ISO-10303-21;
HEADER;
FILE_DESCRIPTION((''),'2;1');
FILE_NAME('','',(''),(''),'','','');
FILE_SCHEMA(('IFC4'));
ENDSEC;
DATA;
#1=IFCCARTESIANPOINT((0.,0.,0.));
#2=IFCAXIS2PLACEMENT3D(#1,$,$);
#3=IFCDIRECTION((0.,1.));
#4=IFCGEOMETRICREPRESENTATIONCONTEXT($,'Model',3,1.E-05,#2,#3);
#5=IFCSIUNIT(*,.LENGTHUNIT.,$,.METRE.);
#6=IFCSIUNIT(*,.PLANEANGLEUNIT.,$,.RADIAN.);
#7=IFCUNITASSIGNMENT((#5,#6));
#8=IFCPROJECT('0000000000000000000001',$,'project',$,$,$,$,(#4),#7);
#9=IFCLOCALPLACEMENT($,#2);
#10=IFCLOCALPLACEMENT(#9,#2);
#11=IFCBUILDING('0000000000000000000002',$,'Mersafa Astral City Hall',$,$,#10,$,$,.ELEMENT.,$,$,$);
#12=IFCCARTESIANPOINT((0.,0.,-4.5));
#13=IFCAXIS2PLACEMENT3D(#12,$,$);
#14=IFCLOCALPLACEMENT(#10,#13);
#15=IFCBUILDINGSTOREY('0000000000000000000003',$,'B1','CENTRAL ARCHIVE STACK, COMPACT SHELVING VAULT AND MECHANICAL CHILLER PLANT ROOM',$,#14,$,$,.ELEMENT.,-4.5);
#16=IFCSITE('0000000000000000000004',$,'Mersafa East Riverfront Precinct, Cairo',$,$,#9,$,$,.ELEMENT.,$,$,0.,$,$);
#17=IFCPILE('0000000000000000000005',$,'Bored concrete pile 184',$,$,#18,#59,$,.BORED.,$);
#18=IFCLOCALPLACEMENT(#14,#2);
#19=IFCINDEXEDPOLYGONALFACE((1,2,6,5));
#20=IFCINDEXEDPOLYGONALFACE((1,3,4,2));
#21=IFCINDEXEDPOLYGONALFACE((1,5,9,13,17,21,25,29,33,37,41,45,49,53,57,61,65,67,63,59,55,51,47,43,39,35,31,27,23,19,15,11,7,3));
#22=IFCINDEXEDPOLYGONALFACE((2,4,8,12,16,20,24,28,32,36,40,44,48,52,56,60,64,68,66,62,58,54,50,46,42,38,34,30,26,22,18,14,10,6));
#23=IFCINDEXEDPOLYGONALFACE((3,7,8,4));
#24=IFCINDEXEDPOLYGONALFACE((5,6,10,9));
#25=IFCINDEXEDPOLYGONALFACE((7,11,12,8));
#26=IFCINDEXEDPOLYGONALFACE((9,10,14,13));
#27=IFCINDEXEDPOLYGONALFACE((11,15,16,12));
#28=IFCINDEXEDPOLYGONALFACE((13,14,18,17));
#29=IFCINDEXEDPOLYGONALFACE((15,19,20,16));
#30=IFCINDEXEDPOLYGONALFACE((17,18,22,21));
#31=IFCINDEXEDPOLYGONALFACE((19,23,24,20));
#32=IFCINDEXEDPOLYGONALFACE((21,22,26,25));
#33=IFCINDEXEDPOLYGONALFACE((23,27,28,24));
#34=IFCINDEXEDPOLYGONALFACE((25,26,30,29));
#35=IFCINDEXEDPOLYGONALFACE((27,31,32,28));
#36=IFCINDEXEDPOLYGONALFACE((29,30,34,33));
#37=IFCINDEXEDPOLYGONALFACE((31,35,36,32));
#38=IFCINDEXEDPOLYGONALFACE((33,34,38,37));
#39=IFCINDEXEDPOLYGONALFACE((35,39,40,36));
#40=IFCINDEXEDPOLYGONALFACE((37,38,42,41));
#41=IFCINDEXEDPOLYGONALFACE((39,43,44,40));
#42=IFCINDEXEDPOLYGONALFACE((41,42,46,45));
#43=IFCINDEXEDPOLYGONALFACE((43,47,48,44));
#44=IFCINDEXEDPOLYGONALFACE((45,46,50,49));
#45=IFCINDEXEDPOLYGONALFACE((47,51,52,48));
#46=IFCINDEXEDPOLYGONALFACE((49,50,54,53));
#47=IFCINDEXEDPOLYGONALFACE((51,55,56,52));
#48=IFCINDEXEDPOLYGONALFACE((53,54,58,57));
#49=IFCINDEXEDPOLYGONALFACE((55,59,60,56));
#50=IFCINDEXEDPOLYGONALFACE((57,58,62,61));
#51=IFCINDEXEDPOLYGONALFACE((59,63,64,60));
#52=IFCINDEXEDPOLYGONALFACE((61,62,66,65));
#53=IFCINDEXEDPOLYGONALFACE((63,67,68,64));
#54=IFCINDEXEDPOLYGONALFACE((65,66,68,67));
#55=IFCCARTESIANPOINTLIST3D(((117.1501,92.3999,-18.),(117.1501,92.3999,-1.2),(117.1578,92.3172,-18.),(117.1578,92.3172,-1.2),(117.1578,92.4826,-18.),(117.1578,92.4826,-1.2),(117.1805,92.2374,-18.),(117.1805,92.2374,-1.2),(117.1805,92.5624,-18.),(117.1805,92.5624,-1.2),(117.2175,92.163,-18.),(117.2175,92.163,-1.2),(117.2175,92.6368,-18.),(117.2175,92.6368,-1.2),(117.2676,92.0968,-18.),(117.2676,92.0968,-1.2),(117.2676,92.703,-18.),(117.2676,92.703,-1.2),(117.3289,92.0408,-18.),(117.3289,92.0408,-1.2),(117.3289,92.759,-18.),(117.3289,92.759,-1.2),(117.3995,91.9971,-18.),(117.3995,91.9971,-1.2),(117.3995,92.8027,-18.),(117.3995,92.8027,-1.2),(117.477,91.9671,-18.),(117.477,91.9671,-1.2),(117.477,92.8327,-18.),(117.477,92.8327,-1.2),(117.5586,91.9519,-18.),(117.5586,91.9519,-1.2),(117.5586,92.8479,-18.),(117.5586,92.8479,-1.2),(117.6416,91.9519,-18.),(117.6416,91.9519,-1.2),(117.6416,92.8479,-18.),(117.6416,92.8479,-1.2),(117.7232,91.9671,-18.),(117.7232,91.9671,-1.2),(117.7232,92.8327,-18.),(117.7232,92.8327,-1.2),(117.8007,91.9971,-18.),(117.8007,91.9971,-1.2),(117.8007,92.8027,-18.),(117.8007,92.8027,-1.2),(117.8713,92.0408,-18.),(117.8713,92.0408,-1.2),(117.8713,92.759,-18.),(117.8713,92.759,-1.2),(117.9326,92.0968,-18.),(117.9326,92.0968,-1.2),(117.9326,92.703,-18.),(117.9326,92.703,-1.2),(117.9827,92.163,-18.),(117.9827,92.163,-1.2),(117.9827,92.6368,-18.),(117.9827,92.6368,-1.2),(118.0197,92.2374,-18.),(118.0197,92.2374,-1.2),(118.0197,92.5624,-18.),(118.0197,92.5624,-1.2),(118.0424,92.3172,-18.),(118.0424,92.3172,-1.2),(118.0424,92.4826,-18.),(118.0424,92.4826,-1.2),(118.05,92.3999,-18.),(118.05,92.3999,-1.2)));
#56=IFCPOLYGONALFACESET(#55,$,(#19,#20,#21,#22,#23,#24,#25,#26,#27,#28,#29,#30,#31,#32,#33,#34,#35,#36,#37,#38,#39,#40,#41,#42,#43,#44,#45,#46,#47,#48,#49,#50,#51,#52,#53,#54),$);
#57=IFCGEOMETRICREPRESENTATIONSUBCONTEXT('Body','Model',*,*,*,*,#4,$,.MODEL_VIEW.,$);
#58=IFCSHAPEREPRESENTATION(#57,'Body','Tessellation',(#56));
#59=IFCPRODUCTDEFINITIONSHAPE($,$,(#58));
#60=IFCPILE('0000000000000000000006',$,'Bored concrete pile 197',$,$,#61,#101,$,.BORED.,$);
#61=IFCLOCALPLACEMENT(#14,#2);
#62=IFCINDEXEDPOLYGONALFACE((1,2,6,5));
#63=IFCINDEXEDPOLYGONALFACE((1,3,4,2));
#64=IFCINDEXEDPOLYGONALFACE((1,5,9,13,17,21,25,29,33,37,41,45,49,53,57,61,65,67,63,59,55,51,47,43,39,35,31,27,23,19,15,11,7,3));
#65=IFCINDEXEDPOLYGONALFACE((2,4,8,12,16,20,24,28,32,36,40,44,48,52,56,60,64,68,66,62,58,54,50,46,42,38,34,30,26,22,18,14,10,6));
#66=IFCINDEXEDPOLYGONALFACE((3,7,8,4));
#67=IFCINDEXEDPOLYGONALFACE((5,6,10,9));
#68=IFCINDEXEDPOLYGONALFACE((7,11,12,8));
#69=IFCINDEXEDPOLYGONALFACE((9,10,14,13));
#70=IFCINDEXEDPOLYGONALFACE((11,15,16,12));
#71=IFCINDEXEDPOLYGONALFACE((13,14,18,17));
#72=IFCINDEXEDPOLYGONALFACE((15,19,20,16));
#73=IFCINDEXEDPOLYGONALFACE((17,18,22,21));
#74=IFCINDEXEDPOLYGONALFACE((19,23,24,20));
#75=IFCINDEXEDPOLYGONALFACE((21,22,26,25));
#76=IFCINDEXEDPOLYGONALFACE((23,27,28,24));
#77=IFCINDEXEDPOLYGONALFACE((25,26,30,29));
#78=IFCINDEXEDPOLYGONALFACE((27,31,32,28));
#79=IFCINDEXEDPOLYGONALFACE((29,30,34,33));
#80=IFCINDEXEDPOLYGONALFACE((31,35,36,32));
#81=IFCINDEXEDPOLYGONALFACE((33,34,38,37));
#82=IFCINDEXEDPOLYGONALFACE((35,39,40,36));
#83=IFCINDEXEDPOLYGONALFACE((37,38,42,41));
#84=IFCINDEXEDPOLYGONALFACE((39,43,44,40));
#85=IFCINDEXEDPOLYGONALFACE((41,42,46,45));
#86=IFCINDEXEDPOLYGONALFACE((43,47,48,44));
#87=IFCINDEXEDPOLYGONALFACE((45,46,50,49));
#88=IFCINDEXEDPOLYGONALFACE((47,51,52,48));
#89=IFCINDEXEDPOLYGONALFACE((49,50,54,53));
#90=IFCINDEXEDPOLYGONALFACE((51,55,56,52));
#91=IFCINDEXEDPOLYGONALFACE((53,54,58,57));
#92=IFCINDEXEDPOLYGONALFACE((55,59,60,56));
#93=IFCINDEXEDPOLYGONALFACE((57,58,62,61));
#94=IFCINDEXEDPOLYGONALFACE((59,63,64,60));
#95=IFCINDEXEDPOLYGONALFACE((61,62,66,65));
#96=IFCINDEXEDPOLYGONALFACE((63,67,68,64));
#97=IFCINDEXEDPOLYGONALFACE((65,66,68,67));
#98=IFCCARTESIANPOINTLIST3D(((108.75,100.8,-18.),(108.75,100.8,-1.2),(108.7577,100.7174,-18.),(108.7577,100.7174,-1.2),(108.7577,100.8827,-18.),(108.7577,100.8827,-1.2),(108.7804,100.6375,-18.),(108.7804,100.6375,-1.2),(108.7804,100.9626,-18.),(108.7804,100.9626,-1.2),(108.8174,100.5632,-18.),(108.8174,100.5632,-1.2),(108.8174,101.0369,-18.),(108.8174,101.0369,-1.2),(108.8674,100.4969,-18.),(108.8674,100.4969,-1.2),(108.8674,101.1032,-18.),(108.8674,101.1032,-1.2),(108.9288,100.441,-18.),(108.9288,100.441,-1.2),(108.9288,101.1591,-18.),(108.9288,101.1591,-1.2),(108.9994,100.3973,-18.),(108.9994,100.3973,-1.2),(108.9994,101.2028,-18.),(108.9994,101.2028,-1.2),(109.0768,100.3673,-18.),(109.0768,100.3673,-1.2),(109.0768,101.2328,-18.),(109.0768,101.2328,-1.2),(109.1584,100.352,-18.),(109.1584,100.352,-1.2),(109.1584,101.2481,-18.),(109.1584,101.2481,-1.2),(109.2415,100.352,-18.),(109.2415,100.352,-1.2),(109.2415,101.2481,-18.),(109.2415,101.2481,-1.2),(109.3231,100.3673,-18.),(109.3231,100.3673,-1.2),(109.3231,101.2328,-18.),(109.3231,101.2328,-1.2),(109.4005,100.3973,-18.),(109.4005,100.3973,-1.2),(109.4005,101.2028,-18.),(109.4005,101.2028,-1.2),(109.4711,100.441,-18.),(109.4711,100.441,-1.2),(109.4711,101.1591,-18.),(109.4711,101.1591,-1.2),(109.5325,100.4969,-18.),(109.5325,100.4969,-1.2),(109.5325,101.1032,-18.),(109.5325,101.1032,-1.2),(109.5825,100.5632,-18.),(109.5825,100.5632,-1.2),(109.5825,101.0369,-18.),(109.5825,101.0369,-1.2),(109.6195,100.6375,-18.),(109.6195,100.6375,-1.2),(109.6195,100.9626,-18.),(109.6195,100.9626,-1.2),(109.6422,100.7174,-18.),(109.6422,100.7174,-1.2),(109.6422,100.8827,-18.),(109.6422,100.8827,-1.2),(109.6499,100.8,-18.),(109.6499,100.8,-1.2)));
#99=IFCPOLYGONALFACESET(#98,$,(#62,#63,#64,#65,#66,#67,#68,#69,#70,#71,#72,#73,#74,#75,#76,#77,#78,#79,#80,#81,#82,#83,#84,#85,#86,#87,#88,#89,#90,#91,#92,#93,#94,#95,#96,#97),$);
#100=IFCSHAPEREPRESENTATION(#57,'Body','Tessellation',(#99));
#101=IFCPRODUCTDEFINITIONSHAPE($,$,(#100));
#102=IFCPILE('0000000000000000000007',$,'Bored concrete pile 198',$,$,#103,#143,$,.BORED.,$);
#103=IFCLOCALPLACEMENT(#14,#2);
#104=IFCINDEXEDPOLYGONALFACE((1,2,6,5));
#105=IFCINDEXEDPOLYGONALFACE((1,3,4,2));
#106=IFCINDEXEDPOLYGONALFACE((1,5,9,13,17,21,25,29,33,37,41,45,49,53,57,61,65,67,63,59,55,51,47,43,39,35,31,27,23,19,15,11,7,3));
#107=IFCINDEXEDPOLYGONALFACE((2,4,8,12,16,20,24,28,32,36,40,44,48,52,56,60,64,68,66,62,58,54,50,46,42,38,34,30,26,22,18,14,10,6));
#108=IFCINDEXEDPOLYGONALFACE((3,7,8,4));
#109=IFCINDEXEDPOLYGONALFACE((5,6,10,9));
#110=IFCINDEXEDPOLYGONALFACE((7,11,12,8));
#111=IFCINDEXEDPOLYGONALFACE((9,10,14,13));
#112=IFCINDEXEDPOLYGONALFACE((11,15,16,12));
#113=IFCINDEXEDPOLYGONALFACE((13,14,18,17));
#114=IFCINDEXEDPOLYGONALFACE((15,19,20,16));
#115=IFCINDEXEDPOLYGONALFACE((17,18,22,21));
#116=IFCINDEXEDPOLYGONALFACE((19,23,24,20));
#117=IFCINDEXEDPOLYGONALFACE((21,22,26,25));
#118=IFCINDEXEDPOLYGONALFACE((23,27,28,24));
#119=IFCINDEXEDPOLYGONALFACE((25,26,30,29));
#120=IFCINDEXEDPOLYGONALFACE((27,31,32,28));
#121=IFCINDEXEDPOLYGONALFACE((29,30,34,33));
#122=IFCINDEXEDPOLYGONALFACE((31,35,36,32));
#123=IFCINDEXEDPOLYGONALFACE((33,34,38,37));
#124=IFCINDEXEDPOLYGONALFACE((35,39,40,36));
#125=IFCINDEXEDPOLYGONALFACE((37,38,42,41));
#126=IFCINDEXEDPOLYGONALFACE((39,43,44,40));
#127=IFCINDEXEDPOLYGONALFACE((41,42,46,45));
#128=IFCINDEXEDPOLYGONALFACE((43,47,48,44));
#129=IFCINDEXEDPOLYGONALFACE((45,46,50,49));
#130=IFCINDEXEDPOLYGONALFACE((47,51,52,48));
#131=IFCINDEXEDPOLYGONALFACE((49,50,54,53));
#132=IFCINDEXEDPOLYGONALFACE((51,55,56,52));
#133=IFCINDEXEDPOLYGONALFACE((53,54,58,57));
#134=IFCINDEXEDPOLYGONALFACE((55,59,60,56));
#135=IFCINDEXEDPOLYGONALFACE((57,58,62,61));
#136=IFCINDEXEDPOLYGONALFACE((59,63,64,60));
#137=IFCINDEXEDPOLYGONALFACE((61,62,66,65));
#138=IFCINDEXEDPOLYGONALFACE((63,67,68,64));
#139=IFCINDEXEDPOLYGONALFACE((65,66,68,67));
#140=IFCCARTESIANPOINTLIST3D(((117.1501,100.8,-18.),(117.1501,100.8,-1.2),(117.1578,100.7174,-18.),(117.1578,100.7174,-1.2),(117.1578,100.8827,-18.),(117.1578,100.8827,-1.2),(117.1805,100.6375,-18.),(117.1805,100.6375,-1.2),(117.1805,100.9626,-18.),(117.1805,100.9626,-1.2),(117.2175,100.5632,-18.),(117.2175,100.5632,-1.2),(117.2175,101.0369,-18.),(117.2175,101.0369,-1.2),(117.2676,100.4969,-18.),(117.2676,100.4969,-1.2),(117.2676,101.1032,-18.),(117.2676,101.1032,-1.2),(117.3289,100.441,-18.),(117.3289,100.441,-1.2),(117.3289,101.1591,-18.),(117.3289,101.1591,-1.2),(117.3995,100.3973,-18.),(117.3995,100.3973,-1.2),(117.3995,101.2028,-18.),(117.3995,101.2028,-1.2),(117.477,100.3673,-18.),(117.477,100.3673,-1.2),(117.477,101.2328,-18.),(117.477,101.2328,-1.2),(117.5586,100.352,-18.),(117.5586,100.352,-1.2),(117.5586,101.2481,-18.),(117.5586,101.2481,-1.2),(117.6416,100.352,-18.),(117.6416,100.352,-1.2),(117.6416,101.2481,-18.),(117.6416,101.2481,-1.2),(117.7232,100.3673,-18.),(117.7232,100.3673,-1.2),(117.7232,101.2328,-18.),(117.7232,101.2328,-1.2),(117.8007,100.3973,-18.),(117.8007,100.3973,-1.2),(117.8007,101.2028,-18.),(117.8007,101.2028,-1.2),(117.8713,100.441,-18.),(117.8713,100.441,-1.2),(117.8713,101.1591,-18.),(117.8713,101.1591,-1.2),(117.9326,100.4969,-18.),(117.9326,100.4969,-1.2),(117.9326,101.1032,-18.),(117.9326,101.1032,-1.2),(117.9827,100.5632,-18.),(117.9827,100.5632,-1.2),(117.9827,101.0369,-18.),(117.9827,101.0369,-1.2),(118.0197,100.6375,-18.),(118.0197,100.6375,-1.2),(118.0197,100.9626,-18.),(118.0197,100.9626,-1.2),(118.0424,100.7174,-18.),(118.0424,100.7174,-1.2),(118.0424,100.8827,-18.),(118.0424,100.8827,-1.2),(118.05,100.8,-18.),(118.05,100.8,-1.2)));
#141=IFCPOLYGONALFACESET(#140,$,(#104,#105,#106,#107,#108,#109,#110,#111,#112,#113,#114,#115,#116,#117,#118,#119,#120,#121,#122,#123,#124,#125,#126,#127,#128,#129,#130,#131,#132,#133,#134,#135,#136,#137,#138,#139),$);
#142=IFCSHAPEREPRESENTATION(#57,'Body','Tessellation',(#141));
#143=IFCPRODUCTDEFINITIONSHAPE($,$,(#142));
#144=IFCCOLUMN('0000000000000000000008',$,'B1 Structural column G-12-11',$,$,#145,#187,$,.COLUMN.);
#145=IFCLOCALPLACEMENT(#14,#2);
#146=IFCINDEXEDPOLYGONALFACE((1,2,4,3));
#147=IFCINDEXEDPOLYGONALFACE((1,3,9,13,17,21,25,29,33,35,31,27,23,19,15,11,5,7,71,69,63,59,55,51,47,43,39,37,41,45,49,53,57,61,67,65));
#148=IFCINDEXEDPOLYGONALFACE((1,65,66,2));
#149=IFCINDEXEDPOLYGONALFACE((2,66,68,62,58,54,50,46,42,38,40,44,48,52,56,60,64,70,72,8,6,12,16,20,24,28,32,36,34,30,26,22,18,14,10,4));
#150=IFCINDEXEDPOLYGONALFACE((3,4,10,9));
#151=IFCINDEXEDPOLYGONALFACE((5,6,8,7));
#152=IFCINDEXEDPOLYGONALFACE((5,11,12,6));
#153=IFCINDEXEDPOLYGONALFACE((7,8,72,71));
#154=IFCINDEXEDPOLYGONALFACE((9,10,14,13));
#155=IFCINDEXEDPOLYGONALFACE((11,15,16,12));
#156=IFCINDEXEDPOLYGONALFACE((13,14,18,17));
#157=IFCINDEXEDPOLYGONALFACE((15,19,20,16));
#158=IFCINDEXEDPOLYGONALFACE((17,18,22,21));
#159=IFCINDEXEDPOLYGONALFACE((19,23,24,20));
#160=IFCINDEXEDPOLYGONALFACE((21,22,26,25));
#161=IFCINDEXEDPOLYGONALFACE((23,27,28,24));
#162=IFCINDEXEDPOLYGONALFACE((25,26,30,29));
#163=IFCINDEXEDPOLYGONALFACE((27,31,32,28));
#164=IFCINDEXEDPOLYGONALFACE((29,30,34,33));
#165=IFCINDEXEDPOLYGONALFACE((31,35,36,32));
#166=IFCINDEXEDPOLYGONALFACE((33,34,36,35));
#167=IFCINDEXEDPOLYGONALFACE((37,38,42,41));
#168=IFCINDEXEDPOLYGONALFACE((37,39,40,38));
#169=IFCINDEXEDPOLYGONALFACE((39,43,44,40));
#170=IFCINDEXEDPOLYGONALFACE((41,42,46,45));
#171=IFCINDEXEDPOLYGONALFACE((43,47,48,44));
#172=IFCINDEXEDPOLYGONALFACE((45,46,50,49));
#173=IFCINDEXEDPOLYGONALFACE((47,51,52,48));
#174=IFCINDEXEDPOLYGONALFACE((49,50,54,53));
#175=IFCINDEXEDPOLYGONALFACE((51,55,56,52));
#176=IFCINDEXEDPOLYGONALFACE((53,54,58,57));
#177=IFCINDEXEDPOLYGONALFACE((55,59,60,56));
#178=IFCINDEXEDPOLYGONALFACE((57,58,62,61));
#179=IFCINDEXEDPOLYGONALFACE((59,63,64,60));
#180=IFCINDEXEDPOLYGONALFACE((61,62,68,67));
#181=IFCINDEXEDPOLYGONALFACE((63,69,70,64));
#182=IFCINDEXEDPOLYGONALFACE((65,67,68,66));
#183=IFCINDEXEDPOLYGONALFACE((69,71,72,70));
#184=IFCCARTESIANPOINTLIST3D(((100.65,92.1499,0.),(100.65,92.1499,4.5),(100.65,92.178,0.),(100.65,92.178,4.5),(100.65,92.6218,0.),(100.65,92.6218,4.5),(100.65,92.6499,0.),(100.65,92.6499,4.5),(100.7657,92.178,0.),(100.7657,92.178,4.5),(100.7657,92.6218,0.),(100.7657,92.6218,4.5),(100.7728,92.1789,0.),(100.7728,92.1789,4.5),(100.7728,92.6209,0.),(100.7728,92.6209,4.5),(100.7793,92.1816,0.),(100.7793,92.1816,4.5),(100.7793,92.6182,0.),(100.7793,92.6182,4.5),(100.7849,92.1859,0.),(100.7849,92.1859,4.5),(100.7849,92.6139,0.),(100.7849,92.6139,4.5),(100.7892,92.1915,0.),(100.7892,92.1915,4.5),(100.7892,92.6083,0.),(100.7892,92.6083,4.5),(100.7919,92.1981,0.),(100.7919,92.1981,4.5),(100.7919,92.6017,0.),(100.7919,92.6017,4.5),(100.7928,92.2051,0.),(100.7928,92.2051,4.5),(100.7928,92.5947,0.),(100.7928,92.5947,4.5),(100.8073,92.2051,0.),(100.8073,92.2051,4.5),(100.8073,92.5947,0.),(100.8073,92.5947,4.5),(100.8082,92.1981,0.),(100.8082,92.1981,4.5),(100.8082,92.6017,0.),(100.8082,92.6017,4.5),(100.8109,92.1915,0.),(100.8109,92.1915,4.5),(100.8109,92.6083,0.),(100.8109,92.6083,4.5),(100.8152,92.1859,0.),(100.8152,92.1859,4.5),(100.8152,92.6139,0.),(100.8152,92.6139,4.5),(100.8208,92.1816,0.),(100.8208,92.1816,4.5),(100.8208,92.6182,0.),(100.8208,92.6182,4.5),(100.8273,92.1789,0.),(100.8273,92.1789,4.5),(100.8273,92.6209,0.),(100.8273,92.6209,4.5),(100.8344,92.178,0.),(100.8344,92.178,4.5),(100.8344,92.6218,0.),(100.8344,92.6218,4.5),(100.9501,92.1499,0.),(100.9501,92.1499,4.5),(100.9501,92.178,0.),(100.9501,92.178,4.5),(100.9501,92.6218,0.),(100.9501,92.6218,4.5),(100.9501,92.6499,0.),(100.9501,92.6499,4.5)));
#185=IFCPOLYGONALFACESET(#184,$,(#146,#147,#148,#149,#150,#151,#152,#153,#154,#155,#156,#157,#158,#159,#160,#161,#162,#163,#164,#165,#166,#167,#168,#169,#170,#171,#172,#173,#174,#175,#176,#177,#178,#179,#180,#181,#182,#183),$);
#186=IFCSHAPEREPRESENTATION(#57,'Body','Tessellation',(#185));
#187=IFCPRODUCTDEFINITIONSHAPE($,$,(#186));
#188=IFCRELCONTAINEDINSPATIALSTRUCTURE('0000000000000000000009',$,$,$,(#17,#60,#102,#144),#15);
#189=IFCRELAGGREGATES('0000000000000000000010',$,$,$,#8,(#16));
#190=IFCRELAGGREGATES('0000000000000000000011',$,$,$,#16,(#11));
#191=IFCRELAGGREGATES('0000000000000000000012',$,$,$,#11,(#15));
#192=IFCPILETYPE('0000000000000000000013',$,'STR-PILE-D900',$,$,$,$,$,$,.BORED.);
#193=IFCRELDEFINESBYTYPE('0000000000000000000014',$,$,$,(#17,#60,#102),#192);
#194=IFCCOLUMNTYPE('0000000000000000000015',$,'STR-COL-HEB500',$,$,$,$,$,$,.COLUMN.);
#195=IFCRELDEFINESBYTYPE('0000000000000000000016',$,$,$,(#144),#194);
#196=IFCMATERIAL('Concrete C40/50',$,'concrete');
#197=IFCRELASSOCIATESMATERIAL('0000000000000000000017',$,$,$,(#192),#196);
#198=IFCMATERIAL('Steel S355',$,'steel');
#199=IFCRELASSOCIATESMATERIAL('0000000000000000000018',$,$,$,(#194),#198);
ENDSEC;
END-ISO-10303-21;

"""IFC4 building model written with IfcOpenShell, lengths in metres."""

from ifc_helpers import new_model, si_unit, direction, frame, origin, origin_2d, place, context, subcontext, project, spatial, circle, i_section, extrude, material, material_profile, profile_set, type_object, element, save


model = new_model("IFC4")

# Units and contexts
model_context = context("Model", 3, precision=1e-05, world=origin(), true_north=direction((0.0, 1.0)))
body_context = subcontext(model_context, "Body", "Model", "MODEL_VIEW")
ifc_project = project(units=[si_unit("LENGTHUNIT", "METRE"), si_unit("PLANEANGLEUNIT", "RADIAN")], contexts=[model_context])

# Site, building, storey
site_placement = place(None, origin())
site = spatial("IfcSite", under=ifc_project, at=site_placement, Name="Mersafa East Riverfront Precinct, Cairo", CompositionType="ELEMENT", RefElevation=0.0)
building_placement = place(site_placement, origin())
building = spatial("IfcBuilding", under=site, at=building_placement, Name="Mersafa Astral City Hall", CompositionType="ELEMENT")
storey_placement = place(building_placement, frame((0.0, 0.0, -4.5)))
storey = spatial("IfcBuildingStorey", under=building, at=storey_placement, Name="B1", Description="CENTRAL ARCHIVE STACK, COMPACT SHELVING VAULT AND MECHANICAL CHILLER PLANT ROOM", CompositionType="ELEMENT", Elevation=-4.5)

# Shared definitions
ifc_material_1 = material(Name="Concrete C40/50", Category="concrete")

# Piles
ifc_material_profile_1 = material_profile(ifc_material_1, circle(Radius=0.45, at=origin_2d()), Name="PILE D900")
ifc_profile_set_1 = profile_set([ifc_material_profile_1], Name="Concrete C40/50")
pile_type = type_object("IfcPileType", Name="STR-PILE-D900", PredefinedType="BORED", material=ifc_profile_set_1)
for number, where, z_axis, x_axis, name in (
    (1, (117.6001, 92.3999, -1.2), (0.0, 0.0, -1.0), (1.0, 0.0, 0.0), "Bored concrete pile 184"),
    (2, (109.2, 100.8, -1.2), (0.0, 0.0, -1.0), (1.0, 0.0, 0.0), "Bored concrete pile 197"),
    (3, (117.6001, 100.8, -1.2), (0.0, 0.0, -1.0), (1.0, 0.0, 0.0), "Bored concrete pile 198"),
):
    element("IfcPile", number, at=place(storey_placement, frame(where, z_axis=z_axis, x_axis=x_axis)), inside=storey, type_object=pile_type, Name=name, PredefinedType="BORED", context=body_context, shape_type="SweptSolid", body=[
        extrude(circle(Radius=0.45, at=origin_2d()), origin(), (0.0, 0.0, 1.0), 16.8),
    ])

# Column
ifc_material_2 = material(Name="Steel S355", Category="steel")
ifc_material_profile_2 = material_profile(ifc_material_2, i_section(OverallWidth=0.3, OverallDepth=0.5, WebThickness=0.0144, FlangeThickness=0.0281, FilletRadius=0.0271, at=origin_2d()), Name="HEB 500")
ifc_profile_set_2 = profile_set([ifc_material_profile_2], Name="Steel S355")
column_type_1 = type_object("IfcColumnType", Name="STR-COL-HEB500", PredefinedType="COLUMN", material=ifc_profile_set_2)
for number, where, z_axis, x_axis, name in (
    (4, (100.8, 92.3999, 0.0), (0.0, 0.0, 1.0), (1.0, 0.0, 0.0), "B1 Structural column G-12-11"),
):
    element("IfcColumn", number, at=place(storey_placement, frame(where, z_axis=z_axis, x_axis=x_axis)), inside=storey, type_object=column_type_1, Name=name, PredefinedType="COLUMN", context=body_context, shape_type="SweptSolid", body=[
        extrude(i_section(OverallWidth=0.3, OverallDepth=0.5, WebThickness=0.0144, FlangeThickness=0.0281, FilletRadius=0.0271, at=origin_2d()), origin(), (0.0, 0.0, 1.0), 4.5),
    ])

save(model, "model.ifc")
